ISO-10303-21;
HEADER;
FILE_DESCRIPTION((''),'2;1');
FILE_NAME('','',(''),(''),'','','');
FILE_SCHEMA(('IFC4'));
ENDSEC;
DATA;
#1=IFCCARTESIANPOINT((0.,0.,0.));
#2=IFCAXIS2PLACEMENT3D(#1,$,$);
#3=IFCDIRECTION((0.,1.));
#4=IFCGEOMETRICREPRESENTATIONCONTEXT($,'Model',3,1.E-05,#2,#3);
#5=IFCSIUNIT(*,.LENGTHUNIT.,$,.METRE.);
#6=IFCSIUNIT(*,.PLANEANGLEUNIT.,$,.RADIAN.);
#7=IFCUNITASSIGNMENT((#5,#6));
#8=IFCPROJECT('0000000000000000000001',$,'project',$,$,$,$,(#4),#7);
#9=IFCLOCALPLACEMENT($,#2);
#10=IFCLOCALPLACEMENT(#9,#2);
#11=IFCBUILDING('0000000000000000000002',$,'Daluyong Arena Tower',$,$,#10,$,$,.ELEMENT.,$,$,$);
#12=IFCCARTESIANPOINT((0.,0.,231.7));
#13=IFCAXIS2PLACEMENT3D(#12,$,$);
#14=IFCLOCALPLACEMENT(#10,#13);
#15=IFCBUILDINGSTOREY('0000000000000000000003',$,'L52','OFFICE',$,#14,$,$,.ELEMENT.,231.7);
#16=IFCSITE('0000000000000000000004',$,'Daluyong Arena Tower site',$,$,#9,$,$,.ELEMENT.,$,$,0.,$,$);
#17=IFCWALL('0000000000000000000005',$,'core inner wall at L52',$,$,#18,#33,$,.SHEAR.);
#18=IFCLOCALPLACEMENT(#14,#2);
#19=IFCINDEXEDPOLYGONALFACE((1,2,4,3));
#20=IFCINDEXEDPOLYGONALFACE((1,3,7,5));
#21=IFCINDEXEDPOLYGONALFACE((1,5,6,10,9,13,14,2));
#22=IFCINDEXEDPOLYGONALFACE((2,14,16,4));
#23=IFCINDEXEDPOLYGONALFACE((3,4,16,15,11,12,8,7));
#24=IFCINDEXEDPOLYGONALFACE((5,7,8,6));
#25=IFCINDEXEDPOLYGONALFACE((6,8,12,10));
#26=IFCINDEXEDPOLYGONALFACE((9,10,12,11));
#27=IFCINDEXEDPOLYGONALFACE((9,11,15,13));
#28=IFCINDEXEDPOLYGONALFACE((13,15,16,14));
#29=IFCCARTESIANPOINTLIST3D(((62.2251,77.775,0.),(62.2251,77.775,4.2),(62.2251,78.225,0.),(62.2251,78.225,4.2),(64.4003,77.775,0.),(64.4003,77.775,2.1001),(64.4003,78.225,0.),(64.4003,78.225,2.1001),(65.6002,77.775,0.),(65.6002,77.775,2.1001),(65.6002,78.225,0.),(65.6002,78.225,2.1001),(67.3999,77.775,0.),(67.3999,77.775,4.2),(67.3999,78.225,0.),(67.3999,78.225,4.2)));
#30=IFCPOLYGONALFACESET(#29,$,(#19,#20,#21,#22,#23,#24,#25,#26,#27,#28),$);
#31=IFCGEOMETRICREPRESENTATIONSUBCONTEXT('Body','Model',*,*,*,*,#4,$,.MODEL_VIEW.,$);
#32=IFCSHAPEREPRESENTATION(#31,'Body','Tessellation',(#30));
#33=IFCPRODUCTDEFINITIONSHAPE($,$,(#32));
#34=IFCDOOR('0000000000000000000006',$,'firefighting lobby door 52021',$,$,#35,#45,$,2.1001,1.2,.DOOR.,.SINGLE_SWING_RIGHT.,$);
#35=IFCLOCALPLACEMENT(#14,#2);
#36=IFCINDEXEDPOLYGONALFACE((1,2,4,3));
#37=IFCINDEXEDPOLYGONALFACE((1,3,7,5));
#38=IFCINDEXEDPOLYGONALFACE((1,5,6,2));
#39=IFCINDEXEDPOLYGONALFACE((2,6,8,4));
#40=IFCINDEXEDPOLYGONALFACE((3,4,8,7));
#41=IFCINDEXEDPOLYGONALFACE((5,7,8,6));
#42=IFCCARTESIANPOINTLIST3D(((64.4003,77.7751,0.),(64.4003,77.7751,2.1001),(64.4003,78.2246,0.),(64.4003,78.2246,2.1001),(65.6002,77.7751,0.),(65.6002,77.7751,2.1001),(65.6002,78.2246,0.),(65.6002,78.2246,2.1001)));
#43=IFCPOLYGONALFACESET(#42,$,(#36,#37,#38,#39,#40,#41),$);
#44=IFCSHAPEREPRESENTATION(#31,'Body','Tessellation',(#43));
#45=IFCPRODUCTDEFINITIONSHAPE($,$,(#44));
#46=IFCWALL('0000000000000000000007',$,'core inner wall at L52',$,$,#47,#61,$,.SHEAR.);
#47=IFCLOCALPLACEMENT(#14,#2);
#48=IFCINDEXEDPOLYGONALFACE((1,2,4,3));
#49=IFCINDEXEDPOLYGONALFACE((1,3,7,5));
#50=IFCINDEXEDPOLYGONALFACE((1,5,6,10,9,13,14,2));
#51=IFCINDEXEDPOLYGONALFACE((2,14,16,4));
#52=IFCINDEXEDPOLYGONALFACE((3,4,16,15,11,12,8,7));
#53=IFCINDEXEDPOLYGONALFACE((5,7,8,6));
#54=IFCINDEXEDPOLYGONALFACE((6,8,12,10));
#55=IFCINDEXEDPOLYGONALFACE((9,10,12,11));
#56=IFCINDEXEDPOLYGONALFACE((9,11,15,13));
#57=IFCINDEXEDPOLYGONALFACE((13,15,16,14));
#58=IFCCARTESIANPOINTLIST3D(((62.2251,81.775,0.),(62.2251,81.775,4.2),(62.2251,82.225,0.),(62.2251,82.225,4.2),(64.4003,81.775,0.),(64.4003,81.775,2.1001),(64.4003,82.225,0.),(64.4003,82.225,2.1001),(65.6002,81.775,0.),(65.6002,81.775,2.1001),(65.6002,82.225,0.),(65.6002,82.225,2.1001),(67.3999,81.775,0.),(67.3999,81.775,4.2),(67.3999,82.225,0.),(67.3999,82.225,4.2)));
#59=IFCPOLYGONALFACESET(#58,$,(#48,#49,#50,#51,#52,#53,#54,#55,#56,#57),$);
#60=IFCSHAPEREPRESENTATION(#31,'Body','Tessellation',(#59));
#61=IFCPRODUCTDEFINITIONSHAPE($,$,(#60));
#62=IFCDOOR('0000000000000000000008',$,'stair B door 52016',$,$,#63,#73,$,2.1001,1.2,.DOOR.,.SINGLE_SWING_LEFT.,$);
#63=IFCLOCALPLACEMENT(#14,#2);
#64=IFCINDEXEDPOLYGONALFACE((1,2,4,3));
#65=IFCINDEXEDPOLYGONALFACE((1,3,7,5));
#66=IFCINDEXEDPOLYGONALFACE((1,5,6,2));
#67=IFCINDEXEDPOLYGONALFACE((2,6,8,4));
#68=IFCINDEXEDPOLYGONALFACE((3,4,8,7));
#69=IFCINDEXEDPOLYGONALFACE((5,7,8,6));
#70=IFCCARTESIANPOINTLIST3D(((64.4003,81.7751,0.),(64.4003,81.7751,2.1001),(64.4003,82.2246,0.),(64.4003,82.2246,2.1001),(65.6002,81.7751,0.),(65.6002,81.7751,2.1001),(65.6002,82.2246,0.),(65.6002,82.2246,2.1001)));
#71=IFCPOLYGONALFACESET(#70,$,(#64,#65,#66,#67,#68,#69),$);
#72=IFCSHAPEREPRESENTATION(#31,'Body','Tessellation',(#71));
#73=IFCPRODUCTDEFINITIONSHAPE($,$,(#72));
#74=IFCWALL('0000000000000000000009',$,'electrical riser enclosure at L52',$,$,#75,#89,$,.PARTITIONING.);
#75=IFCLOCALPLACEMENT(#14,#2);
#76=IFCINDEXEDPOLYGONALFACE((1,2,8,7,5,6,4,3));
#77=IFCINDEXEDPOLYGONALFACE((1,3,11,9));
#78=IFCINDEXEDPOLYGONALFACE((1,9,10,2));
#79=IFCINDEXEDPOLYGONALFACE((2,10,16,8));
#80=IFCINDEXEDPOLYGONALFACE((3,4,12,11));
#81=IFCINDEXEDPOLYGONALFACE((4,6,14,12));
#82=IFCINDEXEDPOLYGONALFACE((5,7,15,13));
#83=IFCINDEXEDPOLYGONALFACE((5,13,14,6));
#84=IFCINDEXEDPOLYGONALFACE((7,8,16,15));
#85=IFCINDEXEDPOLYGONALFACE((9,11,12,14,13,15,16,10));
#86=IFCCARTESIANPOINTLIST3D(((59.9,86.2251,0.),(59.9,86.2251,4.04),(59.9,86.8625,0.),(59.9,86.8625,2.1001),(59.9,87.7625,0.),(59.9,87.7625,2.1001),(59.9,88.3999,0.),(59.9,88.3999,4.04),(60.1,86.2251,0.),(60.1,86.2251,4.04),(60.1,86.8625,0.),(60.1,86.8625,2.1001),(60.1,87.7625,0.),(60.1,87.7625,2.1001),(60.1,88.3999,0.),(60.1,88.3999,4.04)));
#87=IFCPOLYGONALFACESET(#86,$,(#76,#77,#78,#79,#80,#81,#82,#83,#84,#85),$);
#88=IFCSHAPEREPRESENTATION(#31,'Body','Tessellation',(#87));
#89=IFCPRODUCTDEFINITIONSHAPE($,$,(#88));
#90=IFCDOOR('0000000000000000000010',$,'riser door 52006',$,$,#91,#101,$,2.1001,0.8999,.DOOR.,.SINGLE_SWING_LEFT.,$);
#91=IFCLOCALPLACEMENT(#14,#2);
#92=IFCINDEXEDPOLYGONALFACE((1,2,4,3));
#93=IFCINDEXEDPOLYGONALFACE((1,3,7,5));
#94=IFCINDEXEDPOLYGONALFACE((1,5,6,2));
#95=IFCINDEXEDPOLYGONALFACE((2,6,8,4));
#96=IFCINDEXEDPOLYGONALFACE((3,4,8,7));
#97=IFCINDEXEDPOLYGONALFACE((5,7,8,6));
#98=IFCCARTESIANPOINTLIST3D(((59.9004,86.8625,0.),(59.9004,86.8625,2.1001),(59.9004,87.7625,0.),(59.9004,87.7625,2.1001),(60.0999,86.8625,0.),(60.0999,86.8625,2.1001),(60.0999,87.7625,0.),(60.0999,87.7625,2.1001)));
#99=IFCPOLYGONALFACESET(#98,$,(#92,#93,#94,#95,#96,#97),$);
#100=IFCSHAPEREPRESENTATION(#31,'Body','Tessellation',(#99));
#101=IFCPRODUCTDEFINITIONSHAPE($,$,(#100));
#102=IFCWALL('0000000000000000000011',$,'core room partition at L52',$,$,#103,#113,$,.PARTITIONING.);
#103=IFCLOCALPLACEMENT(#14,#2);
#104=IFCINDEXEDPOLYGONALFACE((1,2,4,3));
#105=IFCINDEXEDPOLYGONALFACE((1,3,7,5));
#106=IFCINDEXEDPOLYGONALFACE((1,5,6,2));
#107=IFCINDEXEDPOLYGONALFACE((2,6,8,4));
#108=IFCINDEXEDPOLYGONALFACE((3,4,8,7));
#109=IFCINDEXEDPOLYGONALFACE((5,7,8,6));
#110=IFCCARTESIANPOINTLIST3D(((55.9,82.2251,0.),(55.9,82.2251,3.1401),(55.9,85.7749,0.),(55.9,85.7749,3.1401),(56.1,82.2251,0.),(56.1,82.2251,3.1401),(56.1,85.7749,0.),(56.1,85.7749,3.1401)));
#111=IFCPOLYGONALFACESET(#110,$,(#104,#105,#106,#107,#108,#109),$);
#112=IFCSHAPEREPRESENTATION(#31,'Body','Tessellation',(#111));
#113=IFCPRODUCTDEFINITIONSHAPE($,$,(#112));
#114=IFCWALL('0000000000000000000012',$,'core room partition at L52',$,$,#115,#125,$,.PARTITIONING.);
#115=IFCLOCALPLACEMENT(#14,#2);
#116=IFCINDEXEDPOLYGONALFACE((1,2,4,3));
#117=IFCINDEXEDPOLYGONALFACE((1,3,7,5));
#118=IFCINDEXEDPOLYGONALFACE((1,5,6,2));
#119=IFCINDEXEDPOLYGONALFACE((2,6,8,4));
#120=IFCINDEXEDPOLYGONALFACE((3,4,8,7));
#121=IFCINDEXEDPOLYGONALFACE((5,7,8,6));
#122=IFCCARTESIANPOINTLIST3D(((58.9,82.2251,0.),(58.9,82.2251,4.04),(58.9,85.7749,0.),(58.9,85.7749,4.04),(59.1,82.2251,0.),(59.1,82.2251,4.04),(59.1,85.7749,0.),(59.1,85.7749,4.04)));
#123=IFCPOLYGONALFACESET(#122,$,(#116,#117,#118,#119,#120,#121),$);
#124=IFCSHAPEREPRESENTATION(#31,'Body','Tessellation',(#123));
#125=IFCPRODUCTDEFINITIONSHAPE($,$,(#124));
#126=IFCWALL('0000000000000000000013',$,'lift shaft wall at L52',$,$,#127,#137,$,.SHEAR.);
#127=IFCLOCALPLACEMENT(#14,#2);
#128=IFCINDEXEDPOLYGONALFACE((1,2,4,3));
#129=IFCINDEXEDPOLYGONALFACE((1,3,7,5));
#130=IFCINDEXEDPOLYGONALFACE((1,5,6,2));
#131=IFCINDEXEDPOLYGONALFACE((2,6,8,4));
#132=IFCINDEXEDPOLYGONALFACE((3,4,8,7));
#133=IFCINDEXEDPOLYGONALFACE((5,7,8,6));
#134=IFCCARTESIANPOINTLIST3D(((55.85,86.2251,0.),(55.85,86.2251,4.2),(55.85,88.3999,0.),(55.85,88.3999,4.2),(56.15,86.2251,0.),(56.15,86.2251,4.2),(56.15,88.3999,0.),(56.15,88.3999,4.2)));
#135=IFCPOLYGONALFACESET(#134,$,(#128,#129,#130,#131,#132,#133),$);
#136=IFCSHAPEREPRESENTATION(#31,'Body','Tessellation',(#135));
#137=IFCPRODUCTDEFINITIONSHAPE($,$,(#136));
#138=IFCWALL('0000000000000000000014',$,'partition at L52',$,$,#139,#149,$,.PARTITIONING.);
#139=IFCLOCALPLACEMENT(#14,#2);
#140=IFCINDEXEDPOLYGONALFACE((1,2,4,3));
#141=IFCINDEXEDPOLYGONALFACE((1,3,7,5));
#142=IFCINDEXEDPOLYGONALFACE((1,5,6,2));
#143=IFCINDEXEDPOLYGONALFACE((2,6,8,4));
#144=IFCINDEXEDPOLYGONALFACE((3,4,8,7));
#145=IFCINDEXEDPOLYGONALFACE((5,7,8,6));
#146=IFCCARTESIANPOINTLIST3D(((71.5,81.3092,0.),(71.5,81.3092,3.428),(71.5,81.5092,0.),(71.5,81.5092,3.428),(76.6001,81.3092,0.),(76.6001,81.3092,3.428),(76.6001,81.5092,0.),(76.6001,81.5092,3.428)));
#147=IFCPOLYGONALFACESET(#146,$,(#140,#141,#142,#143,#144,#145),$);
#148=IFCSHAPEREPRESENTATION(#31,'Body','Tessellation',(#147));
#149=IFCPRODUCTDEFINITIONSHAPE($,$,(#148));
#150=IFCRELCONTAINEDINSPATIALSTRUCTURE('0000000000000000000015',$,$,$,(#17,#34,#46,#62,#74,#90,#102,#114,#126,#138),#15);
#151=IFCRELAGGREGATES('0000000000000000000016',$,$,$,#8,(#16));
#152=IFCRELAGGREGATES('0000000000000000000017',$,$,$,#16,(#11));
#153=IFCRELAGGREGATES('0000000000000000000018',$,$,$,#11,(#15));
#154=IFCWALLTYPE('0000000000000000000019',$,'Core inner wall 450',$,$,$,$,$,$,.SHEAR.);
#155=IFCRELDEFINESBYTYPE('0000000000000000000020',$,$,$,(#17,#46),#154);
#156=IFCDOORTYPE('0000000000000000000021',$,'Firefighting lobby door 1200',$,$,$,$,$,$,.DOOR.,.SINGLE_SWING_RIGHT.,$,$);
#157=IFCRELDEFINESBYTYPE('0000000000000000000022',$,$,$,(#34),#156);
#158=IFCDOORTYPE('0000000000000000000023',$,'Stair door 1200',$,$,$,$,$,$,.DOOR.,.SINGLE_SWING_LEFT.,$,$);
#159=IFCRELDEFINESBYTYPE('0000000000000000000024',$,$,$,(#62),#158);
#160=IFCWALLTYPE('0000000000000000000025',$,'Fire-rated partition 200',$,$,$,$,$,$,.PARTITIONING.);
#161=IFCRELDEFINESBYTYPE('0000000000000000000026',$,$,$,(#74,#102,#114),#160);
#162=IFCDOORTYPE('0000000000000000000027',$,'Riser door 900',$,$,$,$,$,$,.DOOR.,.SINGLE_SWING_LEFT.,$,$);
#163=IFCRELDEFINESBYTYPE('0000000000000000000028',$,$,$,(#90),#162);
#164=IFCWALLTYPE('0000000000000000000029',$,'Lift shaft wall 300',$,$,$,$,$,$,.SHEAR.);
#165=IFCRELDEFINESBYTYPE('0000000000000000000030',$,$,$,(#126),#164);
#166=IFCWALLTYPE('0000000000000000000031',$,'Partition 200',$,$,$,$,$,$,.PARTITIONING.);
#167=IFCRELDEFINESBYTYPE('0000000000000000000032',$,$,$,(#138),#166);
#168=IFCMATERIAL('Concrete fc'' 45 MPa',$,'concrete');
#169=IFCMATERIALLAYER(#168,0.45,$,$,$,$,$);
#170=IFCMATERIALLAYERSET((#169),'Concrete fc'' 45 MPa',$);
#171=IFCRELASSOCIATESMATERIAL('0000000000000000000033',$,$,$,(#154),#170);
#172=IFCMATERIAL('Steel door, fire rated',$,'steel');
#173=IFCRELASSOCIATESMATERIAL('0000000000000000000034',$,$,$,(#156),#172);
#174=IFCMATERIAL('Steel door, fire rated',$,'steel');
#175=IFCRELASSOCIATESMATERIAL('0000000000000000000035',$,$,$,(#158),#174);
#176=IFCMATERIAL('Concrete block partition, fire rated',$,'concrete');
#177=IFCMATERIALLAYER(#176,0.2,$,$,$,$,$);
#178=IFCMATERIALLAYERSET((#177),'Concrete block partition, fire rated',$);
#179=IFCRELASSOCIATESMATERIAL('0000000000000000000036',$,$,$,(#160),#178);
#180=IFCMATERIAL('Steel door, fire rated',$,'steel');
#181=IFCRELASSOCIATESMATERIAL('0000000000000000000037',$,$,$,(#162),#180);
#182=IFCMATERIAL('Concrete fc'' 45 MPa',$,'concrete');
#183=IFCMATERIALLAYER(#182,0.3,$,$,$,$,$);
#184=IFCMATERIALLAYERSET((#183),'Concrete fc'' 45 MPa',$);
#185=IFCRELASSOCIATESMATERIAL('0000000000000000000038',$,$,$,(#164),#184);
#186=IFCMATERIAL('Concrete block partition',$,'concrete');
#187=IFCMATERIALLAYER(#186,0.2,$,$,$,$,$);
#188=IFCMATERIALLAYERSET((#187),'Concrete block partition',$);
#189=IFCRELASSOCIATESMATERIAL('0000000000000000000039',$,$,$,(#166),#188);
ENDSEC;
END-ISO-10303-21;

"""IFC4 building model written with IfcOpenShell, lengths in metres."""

from ifc_helpers import new_model, si_unit, direction, frame, frame_2d, origin, place, context, subcontext, project, spatial, rectangle, extrude, material, layer, layer_set, type_object, element, fill, save


model = new_model("IFC4")

# Units and contexts
model_context = context("Model", 3, precision=1e-05, world=origin(), true_north=direction((0.0, 1.0)))
body_context = subcontext(model_context, "Body", "Model", "MODEL_VIEW")
ifc_project = project(units=[si_unit("LENGTHUNIT", "METRE"), si_unit("PLANEANGLEUNIT", "RADIAN")], contexts=[model_context])

# Site, building, storey
site_placement = place(None, origin())
site = spatial("IfcSite", under=ifc_project, at=site_placement, Name="Daluyong Arena Tower site", CompositionType="ELEMENT", RefElevation=0.0)
building_placement = place(site_placement, origin())
building = spatial("IfcBuilding", under=site, at=building_placement, Name="Daluyong Arena Tower", CompositionType="ELEMENT")
storey_placement = place(building_placement, frame((0.0, 0.0, 231.7)))
storey = spatial("IfcBuildingStorey", under=building, at=storey_placement, Name="L52", Description="OFFICE", CompositionType="ELEMENT", Elevation=231.7)

# Walls, openings, doors
ifc_material_1 = material(Name="Concrete fc' 45 MPa", Category="concrete")
ifc_layer_1 = layer(ifc_material_1, 0.45)
ifc_layer_set_1 = layer_set([ifc_layer_1], Name="Concrete fc' 45 MPa")
wall_type_1 = type_object("IfcWallType", Name="Core inner wall 450", PredefinedType="SHEAR", material=ifc_layer_set_1)
wall_1_placement = place(storey_placement, frame((62.2251, 78.0, 0.0), z_axis=(0.0, 0.0, 1.0), x_axis=(1.0, 0.0, 0.0)))
wall_1 = element("IfcWall", 1, at=wall_1_placement, inside=storey, type_object=wall_type_1, Name="core inner wall at L52", PredefinedType="SHEAR", context=body_context, shape_type="SweptSolid", body=[
    extrude(rectangle(XDim=5.1748, YDim=0.45, at=frame_2d((2.5874, 0.0))), origin(), (0.0, 0.0, 1.0), 4.2),
])
opening_1_placement = place(wall_1_placement, frame((2.175, 0.0, 0.0)))
opening_1 = element("IfcOpeningElement", 2, at=opening_1_placement, cuts=wall_1, PredefinedType="OPENING", context=body_context, shape_type="SweptSolid", body=[
    extrude(rectangle(XDim=1.2, YDim=2.1001, at=frame_2d((0.6001, 1.05))), frame((0.0, 0.2349, 0.0), z_axis=(0.0, -1.0, 0.0), x_axis=(1.0, 0.0, 0.0)), (0.0, 0.0, 1.0), 0.47),
])
ifc_material_2 = material(Name="Steel door, fire rated", Category="steel")
door_type_1 = type_object("IfcDoorType", Name="Firefighting lobby door 1200", OperationType="SINGLE_SWING_RIGHT", PredefinedType="DOOR", material=ifc_material_2)
door_1_placement = place(opening_1_placement, origin())
door_1 = element("IfcDoor", 3, at=door_1_placement, inside=storey, type_object=door_type_1, Name="firefighting lobby door 52021", OperationType="SINGLE_SWING_RIGHT", OverallHeight=2.1001, OverallWidth=1.2, PredefinedType="DOOR", context=body_context, shape_type="SweptSolid", body=[
    extrude(rectangle(XDim=1.2, YDim=2.1001, at=frame_2d((0.6001, 1.05))), frame((0.0, 0.2246, 0.0), z_axis=(0.0, -1.0, 0.0), x_axis=(1.0, 0.0, 0.0)), (0.0, 0.0, 1.0), 0.4495),
])
fill(opening_1, door_1)
wall_2_placement = place(storey_placement, frame((62.2251, 82.0, 0.0), z_axis=(0.0, 0.0, 1.0), x_axis=(1.0, 0.0, 0.0)))
wall_2 = element("IfcWall", 4, at=wall_2_placement, inside=storey, type_object=wall_type_1, Name="core inner wall at L52", PredefinedType="SHEAR", context=body_context, shape_type="SweptSolid", body=[
    extrude(rectangle(XDim=5.1748, YDim=0.45, at=frame_2d((2.5874, 0.0))), origin(), (0.0, 0.0, 1.0), 4.2),
])
opening_2_placement = place(wall_2_placement, frame((2.175, 0.0, 0.0)))
opening_2 = element("IfcOpeningElement", 5, at=opening_2_placement, cuts=wall_2, PredefinedType="OPENING", context=body_context, shape_type="SweptSolid", body=[
    extrude(rectangle(XDim=1.2, YDim=2.1001, at=frame_2d((0.6001, 1.05))), frame((0.0, 0.2349, 0.0), z_axis=(0.0, -1.0, 0.0), x_axis=(1.0, 0.0, 0.0)), (0.0, 0.0, 1.0), 0.47),
])
ifc_material_3 = material(Name="Steel door, fire rated", Category="steel")
door_type_2 = type_object("IfcDoorType", Name="Stair door 1200", OperationType="SINGLE_SWING_LEFT", PredefinedType="DOOR", material=ifc_material_3)
door_2_placement = place(opening_2_placement, origin())
door_2 = element("IfcDoor", 6, at=door_2_placement, inside=storey, type_object=door_type_2, Name="stair B door 52016", OperationType="SINGLE_SWING_LEFT", OverallHeight=2.1001, OverallWidth=1.2, PredefinedType="DOOR", context=body_context, shape_type="SweptSolid", body=[
    extrude(rectangle(XDim=1.2, YDim=2.1001, at=frame_2d((0.6001, 1.05))), frame((0.0, 0.2246, 0.0), z_axis=(0.0, -1.0, 0.0), x_axis=(1.0, 0.0, 0.0)), (0.0, 0.0, 1.0), 0.4495),
])
fill(opening_2, door_2)
ifc_material_4 = material(Name="Concrete block partition, fire rated", Category="concrete")
ifc_layer_2 = layer(ifc_material_4, 0.2)
ifc_layer_set_2 = layer_set([ifc_layer_2], Name="Concrete block partition, fire rated")
wall_type_2 = type_object("IfcWallType", Name="Fire-rated partition 200", PredefinedType="PARTITIONING", material=ifc_layer_set_2)
wall_3_placement = place(storey_placement, frame((60.0, 86.2251, 0.0), z_axis=(0.0, 0.0, 1.0), x_axis=(0.0, 1.0, 0.0)))
wall_3 = element("IfcWall", 7, at=wall_3_placement, inside=storey, type_object=wall_type_2, Name="electrical riser enclosure at L52", PredefinedType="PARTITIONING", context=body_context, shape_type="SweptSolid", body=[
    extrude(rectangle(XDim=2.1748, YDim=0.2, at=frame_2d((1.0874, 0.0))), origin(), (0.0, 0.0, 1.0), 4.04),
])
opening_3_placement = place(wall_3_placement, frame((0.6375, 0.0, 0.0)))
opening_3 = element("IfcOpeningElement", 8, at=opening_3_placement, cuts=wall_3, PredefinedType="OPENING", context=body_context, shape_type="SweptSolid", body=[
    extrude(rectangle(XDim=0.8999, YDim=2.1001, at=frame_2d((0.45, 1.05))), frame((0.0, 0.1099, 0.0), z_axis=(0.0, -1.0, 0.0), x_axis=(1.0, 0.0, 0.0)), (0.0, 0.0, 1.0), 0.22),
])
ifc_material_5 = material(Name="Steel door, fire rated", Category="steel")
door_type_3 = type_object("IfcDoorType", Name="Riser door 900", OperationType="SINGLE_SWING_LEFT", PredefinedType="DOOR", material=ifc_material_5)
door_3_placement = place(opening_3_placement, origin())
door_3 = element("IfcDoor", 9, at=door_3_placement, inside=storey, type_object=door_type_3, Name="riser door 52006", OperationType="SINGLE_SWING_LEFT", OverallHeight=2.1001, OverallWidth=0.8999, PredefinedType="DOOR", context=body_context, shape_type="SweptSolid", body=[
    extrude(rectangle(XDim=0.8999, YDim=2.1001, at=frame_2d((0.45, 1.05))), frame((0.0, 0.0996, 0.0), z_axis=(0.0, -1.0, 0.0), x_axis=(1.0, 0.0, 0.0)), (0.0, 0.0, 1.0), 0.1995),
])
fill(opening_3, door_3)

# Walls
wall_4_placement = place(storey_placement, frame((56.0, 82.2251, 0.0), z_axis=(0.0, 0.0, 1.0), x_axis=(0.0, 1.0, 0.0)))
element("IfcWall", 10, at=wall_4_placement, inside=storey, type_object=wall_type_2, Name="core room partition at L52", PredefinedType="PARTITIONING", context=body_context, shape_type="SweptSolid", body=[
    extrude(rectangle(XDim=3.5498, YDim=0.2, at=frame_2d((1.7749, 0.0))), origin(), (0.0, 0.0, 1.0), 3.1401),
])
wall_5_placement = place(storey_placement, frame((59.0, 82.2251, 0.0), z_axis=(0.0, 0.0, 1.0), x_axis=(0.0, 1.0, 0.0)))
element("IfcWall", 11, at=wall_5_placement, inside=storey, type_object=wall_type_2, Name="core room partition at L52", PredefinedType="PARTITIONING", context=body_context, shape_type="SweptSolid", body=[
    extrude(rectangle(XDim=3.5498, YDim=0.2, at=frame_2d((1.7749, 0.0))), origin(), (0.0, 0.0, 1.0), 4.04),
])
ifc_material_6 = material(Name="Concrete fc' 45 MPa", Category="concrete")
ifc_layer_3 = layer(ifc_material_6, 0.3)
ifc_layer_set_3 = layer_set([ifc_layer_3], Name="Concrete fc' 45 MPa")
wall_type_3 = type_object("IfcWallType", Name="Lift shaft wall 300", PredefinedType="SHEAR", material=ifc_layer_set_3)
wall_6_placement = place(storey_placement, frame((56.0, 86.2251, 0.0), z_axis=(0.0, 0.0, 1.0), x_axis=(0.0, 1.0, 0.0)))
element("IfcWall", 12, at=wall_6_placement, inside=storey, type_object=wall_type_3, Name="lift shaft wall at L52", PredefinedType="SHEAR", context=body_context, shape_type="SweptSolid", body=[
    extrude(rectangle(XDim=2.1748, YDim=0.3, at=frame_2d((1.0874, 0.0))), origin(), (0.0, 0.0, 1.0), 4.2),
])
ifc_material_7 = material(Name="Concrete block partition", Category="concrete")
ifc_layer_4 = layer(ifc_material_7, 0.2)
ifc_layer_set_4 = layer_set([ifc_layer_4], Name="Concrete block partition")
wall_type_4 = type_object("IfcWallType", Name="Partition 200", PredefinedType="PARTITIONING", material=ifc_layer_set_4)
wall_7_placement = place(storey_placement, frame((71.5, 81.4092, 0.0), z_axis=(0.0, 0.0, 1.0), x_axis=(1.0, 0.0, 0.0)))
element("IfcWall", 13, at=wall_7_placement, inside=storey, type_object=wall_type_4, Name="partition at L52", PredefinedType="PARTITIONING", context=body_context, shape_type="SweptSolid", body=[
    extrude(rectangle(XDim=5.1001, YDim=0.2, at=frame_2d((2.55, 0.0))), origin(), (0.0, 0.0, 1.0), 3.428),
])

save(model, "model.ifc")
